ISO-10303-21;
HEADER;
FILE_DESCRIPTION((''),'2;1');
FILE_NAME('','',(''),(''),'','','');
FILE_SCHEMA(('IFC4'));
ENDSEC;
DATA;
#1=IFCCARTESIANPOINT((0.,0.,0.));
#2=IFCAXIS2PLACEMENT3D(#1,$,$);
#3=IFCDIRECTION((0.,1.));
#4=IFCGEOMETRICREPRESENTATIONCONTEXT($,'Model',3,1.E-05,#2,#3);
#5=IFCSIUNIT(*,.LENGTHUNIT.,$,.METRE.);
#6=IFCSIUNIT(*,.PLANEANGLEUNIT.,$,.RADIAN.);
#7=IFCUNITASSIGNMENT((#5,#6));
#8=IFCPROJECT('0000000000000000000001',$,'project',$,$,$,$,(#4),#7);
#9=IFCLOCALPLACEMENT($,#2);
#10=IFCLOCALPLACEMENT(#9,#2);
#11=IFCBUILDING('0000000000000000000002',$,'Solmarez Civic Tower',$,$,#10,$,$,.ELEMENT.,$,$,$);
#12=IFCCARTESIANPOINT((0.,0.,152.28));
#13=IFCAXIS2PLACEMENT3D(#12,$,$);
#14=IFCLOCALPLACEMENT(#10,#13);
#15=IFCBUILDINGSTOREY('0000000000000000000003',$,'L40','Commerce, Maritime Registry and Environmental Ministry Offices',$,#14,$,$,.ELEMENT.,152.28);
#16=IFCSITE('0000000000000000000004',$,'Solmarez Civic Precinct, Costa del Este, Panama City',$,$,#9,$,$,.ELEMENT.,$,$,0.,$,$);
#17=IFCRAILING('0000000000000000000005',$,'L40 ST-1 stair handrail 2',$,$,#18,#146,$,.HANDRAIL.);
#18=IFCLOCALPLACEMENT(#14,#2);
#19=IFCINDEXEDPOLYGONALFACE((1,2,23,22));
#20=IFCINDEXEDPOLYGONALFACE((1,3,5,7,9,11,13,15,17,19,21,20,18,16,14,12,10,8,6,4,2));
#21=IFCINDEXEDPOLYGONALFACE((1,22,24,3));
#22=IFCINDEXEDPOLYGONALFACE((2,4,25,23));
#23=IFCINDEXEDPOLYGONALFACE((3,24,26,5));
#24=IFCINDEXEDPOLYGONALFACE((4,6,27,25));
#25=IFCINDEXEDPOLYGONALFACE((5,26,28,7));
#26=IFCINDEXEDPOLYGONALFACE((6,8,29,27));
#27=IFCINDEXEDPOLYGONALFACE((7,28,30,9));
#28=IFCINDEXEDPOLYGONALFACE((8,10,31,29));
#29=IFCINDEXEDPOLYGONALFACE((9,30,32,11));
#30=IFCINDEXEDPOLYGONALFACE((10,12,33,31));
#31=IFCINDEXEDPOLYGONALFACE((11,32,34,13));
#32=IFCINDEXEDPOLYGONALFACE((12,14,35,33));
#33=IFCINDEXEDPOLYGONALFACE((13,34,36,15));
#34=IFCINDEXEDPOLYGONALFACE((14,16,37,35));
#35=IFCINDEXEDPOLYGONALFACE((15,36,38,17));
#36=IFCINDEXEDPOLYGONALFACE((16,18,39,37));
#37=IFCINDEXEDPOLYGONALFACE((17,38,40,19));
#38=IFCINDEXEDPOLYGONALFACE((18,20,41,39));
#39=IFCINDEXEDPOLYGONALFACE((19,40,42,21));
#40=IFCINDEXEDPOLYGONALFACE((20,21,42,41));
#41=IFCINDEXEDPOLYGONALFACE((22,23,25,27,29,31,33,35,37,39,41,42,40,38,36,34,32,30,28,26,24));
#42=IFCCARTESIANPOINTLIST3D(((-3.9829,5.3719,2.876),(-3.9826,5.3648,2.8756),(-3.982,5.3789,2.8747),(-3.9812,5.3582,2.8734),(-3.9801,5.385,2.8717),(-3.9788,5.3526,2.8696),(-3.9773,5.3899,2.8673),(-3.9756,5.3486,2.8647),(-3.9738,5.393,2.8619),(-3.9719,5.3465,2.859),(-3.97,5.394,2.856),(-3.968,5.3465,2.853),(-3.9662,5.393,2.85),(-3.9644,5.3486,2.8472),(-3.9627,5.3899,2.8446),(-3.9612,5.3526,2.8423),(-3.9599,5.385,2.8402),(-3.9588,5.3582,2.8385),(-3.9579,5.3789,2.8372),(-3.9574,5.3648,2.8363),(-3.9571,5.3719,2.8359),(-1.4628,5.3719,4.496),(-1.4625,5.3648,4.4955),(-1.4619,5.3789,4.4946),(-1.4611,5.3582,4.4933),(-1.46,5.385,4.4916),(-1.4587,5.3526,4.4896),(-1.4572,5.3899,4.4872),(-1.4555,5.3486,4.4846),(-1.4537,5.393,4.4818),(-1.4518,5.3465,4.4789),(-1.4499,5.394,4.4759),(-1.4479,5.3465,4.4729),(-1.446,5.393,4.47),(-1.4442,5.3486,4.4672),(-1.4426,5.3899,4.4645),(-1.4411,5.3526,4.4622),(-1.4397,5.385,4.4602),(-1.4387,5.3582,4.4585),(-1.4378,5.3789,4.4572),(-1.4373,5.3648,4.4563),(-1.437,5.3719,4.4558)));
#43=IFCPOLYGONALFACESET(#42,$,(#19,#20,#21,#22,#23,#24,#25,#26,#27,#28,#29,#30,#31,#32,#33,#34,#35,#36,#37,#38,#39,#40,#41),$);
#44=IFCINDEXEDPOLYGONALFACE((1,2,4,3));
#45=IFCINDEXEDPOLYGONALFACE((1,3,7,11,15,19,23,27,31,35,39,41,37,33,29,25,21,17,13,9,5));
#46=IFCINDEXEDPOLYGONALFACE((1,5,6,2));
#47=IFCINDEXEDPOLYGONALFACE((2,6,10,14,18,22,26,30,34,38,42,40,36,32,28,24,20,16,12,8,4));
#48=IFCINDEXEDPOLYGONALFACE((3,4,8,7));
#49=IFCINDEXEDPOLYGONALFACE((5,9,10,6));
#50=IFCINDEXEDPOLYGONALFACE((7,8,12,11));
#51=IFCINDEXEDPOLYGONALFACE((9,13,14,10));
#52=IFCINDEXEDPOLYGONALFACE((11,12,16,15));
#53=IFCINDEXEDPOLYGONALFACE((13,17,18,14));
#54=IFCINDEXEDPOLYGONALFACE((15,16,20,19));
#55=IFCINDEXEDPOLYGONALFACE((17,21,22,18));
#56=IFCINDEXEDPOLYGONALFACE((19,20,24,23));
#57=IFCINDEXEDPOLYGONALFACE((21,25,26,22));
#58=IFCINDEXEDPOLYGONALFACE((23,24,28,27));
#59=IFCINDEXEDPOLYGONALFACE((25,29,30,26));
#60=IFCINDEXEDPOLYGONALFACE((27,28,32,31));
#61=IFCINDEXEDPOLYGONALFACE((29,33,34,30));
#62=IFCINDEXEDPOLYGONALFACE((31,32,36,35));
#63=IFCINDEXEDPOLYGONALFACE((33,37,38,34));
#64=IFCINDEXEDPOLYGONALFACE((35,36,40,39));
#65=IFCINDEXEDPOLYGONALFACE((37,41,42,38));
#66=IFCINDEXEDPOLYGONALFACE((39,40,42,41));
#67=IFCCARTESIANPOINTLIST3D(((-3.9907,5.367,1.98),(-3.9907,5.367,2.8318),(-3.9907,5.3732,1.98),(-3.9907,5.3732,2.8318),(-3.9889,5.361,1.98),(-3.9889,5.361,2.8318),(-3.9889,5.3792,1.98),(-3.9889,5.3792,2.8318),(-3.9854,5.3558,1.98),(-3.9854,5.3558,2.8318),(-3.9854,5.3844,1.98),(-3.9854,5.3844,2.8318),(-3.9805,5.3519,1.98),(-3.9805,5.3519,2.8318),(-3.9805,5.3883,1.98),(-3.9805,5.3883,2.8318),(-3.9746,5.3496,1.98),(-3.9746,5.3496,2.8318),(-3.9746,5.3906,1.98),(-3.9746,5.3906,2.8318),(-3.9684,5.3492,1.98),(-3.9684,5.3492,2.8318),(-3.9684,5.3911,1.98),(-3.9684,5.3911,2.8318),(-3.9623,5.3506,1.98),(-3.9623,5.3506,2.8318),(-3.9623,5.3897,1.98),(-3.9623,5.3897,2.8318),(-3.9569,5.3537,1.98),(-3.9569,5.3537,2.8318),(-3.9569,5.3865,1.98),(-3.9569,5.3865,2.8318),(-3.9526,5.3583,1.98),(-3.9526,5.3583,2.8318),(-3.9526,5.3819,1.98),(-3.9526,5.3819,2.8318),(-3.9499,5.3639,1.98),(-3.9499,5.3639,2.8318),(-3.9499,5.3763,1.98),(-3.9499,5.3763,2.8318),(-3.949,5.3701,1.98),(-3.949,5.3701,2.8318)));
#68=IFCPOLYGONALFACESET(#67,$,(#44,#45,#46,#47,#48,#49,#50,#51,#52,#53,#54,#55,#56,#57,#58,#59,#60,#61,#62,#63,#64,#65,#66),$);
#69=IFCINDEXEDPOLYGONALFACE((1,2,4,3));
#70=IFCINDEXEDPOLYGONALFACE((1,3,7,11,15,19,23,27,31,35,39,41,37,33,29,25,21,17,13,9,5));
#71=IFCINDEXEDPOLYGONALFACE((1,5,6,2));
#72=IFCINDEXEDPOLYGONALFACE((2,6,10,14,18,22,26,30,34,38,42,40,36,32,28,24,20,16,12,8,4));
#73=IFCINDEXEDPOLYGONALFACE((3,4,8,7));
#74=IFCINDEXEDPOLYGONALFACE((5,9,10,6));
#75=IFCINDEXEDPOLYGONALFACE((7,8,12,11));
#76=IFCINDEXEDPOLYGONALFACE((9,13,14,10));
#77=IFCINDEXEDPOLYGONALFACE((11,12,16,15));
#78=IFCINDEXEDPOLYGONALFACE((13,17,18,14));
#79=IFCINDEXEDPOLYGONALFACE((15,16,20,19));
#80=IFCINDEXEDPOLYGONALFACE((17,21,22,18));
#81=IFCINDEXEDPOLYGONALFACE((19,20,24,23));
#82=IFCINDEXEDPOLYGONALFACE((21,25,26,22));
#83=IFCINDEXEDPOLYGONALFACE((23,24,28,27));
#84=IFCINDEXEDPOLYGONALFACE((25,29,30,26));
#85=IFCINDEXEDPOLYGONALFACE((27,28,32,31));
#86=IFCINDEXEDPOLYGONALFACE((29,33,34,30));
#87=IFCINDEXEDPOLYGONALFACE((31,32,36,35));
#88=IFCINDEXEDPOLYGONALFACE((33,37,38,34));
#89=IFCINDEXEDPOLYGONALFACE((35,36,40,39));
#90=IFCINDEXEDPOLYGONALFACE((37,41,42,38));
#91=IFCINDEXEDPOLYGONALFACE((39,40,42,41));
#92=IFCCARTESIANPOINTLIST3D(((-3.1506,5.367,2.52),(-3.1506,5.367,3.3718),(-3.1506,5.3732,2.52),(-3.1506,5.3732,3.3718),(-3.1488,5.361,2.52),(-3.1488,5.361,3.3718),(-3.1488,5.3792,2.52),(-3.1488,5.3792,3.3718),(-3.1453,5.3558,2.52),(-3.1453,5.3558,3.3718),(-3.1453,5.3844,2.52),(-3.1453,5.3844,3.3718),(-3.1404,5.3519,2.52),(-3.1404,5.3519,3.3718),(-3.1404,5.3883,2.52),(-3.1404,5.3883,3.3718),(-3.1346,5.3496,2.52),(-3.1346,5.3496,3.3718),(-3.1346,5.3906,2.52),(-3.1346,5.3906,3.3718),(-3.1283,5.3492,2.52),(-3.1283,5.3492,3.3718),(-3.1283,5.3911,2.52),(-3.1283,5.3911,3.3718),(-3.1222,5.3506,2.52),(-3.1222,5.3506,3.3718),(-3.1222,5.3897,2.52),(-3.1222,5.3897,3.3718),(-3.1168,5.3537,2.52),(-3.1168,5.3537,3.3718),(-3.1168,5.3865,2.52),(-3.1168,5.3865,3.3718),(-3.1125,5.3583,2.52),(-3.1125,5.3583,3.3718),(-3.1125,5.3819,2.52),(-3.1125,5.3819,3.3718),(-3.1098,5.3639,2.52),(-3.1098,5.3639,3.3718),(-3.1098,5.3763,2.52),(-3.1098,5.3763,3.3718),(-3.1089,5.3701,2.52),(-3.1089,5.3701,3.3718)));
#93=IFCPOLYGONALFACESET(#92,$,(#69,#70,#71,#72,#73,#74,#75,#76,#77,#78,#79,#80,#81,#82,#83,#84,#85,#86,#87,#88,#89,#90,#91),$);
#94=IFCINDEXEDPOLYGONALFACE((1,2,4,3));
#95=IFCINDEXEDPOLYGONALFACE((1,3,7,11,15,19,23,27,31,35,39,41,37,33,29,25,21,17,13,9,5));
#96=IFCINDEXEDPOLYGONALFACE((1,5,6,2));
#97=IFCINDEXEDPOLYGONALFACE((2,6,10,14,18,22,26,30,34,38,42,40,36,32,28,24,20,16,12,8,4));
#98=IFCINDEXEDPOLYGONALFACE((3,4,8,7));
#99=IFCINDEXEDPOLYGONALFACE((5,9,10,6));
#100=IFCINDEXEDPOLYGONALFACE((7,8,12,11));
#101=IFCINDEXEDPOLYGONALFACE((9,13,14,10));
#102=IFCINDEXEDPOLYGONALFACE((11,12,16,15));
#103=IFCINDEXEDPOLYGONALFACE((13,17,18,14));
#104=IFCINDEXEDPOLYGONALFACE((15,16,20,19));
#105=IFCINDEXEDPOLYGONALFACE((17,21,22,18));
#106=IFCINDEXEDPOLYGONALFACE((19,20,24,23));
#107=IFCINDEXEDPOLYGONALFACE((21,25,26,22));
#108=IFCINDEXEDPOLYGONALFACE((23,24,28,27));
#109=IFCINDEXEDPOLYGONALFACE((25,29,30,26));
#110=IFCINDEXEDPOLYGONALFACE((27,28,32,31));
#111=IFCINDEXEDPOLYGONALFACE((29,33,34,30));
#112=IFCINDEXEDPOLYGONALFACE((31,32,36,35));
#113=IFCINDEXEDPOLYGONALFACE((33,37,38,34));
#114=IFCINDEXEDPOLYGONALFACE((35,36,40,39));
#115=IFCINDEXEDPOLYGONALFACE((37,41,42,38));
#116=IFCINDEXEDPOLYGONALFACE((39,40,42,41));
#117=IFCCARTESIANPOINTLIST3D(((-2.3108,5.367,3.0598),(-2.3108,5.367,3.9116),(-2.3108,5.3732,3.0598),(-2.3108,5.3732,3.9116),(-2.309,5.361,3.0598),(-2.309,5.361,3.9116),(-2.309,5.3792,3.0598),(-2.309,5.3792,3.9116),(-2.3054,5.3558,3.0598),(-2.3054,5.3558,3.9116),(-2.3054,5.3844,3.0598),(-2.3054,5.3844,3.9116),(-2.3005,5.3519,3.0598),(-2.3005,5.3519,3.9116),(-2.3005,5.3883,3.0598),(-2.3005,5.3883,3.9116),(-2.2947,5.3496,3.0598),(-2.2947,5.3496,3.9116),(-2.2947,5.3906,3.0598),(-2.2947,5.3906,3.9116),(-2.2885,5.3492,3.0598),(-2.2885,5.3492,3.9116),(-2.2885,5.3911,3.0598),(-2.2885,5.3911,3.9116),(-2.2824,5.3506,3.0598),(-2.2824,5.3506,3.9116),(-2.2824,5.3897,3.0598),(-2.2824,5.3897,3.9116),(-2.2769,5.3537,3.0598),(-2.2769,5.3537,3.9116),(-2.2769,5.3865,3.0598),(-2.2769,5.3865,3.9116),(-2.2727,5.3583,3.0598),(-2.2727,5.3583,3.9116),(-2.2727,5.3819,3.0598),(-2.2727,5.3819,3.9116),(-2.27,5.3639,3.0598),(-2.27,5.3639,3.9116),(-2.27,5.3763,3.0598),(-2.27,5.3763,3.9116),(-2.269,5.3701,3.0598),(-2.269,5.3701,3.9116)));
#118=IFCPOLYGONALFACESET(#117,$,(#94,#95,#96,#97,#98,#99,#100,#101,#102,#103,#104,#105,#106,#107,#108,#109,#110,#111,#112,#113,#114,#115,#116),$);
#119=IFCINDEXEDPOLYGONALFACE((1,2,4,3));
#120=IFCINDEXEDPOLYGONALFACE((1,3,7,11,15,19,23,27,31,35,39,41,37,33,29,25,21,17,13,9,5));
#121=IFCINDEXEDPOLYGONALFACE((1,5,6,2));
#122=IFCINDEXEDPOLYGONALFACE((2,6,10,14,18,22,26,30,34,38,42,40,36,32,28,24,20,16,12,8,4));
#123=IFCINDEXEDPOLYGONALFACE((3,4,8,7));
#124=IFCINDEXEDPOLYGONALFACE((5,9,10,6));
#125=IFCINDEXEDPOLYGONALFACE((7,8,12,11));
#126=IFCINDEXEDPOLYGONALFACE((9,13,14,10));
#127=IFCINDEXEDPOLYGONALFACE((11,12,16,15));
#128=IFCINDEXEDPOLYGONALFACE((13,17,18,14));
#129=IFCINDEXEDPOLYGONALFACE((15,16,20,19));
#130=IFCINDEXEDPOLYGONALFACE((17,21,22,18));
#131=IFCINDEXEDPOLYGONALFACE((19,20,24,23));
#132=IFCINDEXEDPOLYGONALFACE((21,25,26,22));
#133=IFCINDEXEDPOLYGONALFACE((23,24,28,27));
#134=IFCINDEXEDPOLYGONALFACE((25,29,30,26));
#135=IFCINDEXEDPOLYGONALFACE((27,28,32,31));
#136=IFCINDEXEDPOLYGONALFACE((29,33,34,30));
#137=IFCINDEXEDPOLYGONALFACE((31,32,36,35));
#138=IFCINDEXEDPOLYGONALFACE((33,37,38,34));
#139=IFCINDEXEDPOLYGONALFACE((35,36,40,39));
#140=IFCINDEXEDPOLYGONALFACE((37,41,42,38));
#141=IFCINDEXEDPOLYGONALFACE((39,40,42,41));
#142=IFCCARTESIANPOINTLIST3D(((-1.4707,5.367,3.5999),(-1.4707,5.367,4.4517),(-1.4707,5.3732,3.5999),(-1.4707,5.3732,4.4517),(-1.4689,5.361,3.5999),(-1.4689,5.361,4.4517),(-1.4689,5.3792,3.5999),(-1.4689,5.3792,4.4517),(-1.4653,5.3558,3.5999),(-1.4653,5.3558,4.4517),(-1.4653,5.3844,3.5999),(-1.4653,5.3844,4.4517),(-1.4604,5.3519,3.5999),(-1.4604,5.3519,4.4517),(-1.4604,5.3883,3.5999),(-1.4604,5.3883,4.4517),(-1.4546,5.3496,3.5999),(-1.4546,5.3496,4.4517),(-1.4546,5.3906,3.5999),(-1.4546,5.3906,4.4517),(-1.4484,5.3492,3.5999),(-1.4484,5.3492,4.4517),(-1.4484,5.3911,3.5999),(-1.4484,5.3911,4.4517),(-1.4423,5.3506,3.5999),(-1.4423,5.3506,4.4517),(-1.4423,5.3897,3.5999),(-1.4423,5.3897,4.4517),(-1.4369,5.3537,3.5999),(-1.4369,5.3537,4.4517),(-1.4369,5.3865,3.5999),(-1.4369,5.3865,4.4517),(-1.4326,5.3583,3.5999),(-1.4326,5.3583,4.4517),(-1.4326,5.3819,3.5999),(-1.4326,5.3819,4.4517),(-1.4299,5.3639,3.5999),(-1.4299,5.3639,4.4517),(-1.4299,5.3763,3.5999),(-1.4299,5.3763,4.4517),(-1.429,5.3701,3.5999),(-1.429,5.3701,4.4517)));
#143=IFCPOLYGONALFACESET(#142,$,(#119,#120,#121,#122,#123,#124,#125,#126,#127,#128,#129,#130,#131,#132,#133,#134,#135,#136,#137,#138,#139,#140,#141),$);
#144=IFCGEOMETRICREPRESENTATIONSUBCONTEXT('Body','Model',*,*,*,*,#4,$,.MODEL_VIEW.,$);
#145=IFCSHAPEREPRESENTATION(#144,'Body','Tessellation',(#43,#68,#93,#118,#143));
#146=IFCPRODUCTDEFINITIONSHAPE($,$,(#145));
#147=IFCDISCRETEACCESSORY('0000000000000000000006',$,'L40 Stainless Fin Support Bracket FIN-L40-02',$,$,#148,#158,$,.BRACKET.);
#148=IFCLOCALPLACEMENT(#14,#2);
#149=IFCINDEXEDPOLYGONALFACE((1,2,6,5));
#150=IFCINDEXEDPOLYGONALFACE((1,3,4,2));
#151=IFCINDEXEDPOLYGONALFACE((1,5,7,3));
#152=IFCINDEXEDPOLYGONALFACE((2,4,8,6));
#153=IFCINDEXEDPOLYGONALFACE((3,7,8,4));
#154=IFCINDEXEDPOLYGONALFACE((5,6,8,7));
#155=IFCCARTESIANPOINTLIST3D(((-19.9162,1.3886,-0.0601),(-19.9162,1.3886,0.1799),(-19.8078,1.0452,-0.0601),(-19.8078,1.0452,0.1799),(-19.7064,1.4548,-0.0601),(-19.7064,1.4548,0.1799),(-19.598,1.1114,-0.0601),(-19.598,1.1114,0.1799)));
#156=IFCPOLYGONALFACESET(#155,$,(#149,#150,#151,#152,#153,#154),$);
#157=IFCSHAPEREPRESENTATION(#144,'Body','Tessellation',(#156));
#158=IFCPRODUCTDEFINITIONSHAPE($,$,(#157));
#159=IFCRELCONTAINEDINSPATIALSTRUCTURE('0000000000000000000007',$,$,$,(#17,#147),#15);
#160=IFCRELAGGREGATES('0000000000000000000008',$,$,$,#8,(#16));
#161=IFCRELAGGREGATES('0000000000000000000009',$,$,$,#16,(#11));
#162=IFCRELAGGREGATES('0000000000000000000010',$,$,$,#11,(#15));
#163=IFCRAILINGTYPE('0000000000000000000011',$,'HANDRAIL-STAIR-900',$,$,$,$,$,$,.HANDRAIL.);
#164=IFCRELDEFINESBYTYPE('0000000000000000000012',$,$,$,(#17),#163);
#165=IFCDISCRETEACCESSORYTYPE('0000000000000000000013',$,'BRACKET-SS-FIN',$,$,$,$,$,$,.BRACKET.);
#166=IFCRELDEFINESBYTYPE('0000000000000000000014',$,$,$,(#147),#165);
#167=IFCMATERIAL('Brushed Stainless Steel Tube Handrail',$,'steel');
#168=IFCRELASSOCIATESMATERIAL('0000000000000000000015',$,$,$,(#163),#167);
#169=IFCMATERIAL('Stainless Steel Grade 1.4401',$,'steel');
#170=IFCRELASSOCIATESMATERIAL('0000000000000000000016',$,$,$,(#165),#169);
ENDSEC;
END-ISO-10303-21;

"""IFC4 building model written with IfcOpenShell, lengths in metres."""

from ifc_helpers import new_model, si_unit, direction, frame, origin, origin_2d, place, context, subcontext, project, spatial, rectangle, circle, extrude, material, type_object, element, save


model = new_model("IFC4")

# Units and contexts
model_context = context("Model", 3, precision=1e-05, world=origin(), true_north=direction((0.0, 1.0)))
body_context = subcontext(model_context, "Body", "Model", "MODEL_VIEW")
ifc_project = project(units=[si_unit("LENGTHUNIT", "METRE"), si_unit("PLANEANGLEUNIT", "RADIAN")], contexts=[model_context])

# Site, building, storey
site_placement = place(None, origin())
site = spatial("IfcSite", under=ifc_project, at=site_placement, Name="Solmarez Civic Precinct, Costa del Este, Panama City", CompositionType="ELEMENT", RefElevation=0.0)
building_placement = place(site_placement, origin())
building = spatial("IfcBuilding", under=site, at=building_placement, Name="Solmarez Civic Tower", CompositionType="ELEMENT")
storey_placement = place(building_placement, frame((0.0, 0.0, 152.28)))
storey = spatial("IfcBuildingStorey", under=building, at=storey_placement, Name="L40", Description="Commerce, Maritime Registry and Environmental Ministry Offices", CompositionType="ELEMENT", Elevation=152.28)

# Railing
ifc_material_1 = material(Name="Brushed Stainless Steel Tube Handrail", Category="steel")
railing_type_1 = type_object("IfcRailingType", Name="HANDRAIL-STAIR-900", PredefinedType="HANDRAIL", material=ifc_material_1)
railing_1_placement = place(storey_placement, frame((-3.97, 5.3701, 1.98)))
element("IfcRailing", 1, at=railing_1_placement, inside=storey, type_object=railing_type_1, Name="L40 ST-1 stair handrail 2", PredefinedType="HANDRAIL", context=body_context, shape_type="SweptSolid", body=[
    extrude(circle(Radius=0.0239, at=origin_2d()), frame((0.0, 0.0, 0.876), z_axis=(0.8412, 0.0, 0.540725), x_axis=(0.0, 1.0, 0.0)), (0.0, 0.0, 1.0), 2.9958),
    extrude(circle(Radius=0.021, at=origin_2d()), origin(), (0.0, 0.0, 1.0), 0.8518),
    extrude(circle(Radius=0.021, at=origin_2d()), frame((0.8401, 0.0, 0.54)), (0.0, 0.0, 1.0), 0.8518),
    extrude(circle(Radius=0.021, at=origin_2d()), frame((1.6799, 0.0, 1.0798)), (0.0, 0.0, 1.0), 0.8518),
    extrude(circle(Radius=0.021, at=origin_2d()), frame((2.52, 0.0, 1.6199)), (0.0, 0.0, 1.0), 0.8518),
])

# Discrete accessory
ifc_material_2 = material(Name="Stainless Steel Grade 1.4401", Category="steel")
discrete_accessory_type = type_object("IfcDiscreteAccessoryType", Name="BRACKET-SS-FIN", PredefinedType="BRACKET", material=ifc_material_2)
discrete_accessory_placement = place(storey_placement, frame((-19.7571, 1.25, -0.0601), z_axis=(0.0, 0.0, 1.0), x_axis=(-0.301013, 0.95362, 0.0)))
element("IfcDiscreteAccessory", 2, at=discrete_accessory_placement, inside=storey, type_object=discrete_accessory_type, Name="L40 Stainless Fin Support Bracket FIN-L40-02", PredefinedType="BRACKET", context=body_context, shape_type="SweptSolid", body=[
    extrude(rectangle(XDim=0.3601, YDim=0.22, at=origin_2d()), origin(), (0.0, 0.0, 1.0), 0.24),
])

save(model, "model.ifc")
